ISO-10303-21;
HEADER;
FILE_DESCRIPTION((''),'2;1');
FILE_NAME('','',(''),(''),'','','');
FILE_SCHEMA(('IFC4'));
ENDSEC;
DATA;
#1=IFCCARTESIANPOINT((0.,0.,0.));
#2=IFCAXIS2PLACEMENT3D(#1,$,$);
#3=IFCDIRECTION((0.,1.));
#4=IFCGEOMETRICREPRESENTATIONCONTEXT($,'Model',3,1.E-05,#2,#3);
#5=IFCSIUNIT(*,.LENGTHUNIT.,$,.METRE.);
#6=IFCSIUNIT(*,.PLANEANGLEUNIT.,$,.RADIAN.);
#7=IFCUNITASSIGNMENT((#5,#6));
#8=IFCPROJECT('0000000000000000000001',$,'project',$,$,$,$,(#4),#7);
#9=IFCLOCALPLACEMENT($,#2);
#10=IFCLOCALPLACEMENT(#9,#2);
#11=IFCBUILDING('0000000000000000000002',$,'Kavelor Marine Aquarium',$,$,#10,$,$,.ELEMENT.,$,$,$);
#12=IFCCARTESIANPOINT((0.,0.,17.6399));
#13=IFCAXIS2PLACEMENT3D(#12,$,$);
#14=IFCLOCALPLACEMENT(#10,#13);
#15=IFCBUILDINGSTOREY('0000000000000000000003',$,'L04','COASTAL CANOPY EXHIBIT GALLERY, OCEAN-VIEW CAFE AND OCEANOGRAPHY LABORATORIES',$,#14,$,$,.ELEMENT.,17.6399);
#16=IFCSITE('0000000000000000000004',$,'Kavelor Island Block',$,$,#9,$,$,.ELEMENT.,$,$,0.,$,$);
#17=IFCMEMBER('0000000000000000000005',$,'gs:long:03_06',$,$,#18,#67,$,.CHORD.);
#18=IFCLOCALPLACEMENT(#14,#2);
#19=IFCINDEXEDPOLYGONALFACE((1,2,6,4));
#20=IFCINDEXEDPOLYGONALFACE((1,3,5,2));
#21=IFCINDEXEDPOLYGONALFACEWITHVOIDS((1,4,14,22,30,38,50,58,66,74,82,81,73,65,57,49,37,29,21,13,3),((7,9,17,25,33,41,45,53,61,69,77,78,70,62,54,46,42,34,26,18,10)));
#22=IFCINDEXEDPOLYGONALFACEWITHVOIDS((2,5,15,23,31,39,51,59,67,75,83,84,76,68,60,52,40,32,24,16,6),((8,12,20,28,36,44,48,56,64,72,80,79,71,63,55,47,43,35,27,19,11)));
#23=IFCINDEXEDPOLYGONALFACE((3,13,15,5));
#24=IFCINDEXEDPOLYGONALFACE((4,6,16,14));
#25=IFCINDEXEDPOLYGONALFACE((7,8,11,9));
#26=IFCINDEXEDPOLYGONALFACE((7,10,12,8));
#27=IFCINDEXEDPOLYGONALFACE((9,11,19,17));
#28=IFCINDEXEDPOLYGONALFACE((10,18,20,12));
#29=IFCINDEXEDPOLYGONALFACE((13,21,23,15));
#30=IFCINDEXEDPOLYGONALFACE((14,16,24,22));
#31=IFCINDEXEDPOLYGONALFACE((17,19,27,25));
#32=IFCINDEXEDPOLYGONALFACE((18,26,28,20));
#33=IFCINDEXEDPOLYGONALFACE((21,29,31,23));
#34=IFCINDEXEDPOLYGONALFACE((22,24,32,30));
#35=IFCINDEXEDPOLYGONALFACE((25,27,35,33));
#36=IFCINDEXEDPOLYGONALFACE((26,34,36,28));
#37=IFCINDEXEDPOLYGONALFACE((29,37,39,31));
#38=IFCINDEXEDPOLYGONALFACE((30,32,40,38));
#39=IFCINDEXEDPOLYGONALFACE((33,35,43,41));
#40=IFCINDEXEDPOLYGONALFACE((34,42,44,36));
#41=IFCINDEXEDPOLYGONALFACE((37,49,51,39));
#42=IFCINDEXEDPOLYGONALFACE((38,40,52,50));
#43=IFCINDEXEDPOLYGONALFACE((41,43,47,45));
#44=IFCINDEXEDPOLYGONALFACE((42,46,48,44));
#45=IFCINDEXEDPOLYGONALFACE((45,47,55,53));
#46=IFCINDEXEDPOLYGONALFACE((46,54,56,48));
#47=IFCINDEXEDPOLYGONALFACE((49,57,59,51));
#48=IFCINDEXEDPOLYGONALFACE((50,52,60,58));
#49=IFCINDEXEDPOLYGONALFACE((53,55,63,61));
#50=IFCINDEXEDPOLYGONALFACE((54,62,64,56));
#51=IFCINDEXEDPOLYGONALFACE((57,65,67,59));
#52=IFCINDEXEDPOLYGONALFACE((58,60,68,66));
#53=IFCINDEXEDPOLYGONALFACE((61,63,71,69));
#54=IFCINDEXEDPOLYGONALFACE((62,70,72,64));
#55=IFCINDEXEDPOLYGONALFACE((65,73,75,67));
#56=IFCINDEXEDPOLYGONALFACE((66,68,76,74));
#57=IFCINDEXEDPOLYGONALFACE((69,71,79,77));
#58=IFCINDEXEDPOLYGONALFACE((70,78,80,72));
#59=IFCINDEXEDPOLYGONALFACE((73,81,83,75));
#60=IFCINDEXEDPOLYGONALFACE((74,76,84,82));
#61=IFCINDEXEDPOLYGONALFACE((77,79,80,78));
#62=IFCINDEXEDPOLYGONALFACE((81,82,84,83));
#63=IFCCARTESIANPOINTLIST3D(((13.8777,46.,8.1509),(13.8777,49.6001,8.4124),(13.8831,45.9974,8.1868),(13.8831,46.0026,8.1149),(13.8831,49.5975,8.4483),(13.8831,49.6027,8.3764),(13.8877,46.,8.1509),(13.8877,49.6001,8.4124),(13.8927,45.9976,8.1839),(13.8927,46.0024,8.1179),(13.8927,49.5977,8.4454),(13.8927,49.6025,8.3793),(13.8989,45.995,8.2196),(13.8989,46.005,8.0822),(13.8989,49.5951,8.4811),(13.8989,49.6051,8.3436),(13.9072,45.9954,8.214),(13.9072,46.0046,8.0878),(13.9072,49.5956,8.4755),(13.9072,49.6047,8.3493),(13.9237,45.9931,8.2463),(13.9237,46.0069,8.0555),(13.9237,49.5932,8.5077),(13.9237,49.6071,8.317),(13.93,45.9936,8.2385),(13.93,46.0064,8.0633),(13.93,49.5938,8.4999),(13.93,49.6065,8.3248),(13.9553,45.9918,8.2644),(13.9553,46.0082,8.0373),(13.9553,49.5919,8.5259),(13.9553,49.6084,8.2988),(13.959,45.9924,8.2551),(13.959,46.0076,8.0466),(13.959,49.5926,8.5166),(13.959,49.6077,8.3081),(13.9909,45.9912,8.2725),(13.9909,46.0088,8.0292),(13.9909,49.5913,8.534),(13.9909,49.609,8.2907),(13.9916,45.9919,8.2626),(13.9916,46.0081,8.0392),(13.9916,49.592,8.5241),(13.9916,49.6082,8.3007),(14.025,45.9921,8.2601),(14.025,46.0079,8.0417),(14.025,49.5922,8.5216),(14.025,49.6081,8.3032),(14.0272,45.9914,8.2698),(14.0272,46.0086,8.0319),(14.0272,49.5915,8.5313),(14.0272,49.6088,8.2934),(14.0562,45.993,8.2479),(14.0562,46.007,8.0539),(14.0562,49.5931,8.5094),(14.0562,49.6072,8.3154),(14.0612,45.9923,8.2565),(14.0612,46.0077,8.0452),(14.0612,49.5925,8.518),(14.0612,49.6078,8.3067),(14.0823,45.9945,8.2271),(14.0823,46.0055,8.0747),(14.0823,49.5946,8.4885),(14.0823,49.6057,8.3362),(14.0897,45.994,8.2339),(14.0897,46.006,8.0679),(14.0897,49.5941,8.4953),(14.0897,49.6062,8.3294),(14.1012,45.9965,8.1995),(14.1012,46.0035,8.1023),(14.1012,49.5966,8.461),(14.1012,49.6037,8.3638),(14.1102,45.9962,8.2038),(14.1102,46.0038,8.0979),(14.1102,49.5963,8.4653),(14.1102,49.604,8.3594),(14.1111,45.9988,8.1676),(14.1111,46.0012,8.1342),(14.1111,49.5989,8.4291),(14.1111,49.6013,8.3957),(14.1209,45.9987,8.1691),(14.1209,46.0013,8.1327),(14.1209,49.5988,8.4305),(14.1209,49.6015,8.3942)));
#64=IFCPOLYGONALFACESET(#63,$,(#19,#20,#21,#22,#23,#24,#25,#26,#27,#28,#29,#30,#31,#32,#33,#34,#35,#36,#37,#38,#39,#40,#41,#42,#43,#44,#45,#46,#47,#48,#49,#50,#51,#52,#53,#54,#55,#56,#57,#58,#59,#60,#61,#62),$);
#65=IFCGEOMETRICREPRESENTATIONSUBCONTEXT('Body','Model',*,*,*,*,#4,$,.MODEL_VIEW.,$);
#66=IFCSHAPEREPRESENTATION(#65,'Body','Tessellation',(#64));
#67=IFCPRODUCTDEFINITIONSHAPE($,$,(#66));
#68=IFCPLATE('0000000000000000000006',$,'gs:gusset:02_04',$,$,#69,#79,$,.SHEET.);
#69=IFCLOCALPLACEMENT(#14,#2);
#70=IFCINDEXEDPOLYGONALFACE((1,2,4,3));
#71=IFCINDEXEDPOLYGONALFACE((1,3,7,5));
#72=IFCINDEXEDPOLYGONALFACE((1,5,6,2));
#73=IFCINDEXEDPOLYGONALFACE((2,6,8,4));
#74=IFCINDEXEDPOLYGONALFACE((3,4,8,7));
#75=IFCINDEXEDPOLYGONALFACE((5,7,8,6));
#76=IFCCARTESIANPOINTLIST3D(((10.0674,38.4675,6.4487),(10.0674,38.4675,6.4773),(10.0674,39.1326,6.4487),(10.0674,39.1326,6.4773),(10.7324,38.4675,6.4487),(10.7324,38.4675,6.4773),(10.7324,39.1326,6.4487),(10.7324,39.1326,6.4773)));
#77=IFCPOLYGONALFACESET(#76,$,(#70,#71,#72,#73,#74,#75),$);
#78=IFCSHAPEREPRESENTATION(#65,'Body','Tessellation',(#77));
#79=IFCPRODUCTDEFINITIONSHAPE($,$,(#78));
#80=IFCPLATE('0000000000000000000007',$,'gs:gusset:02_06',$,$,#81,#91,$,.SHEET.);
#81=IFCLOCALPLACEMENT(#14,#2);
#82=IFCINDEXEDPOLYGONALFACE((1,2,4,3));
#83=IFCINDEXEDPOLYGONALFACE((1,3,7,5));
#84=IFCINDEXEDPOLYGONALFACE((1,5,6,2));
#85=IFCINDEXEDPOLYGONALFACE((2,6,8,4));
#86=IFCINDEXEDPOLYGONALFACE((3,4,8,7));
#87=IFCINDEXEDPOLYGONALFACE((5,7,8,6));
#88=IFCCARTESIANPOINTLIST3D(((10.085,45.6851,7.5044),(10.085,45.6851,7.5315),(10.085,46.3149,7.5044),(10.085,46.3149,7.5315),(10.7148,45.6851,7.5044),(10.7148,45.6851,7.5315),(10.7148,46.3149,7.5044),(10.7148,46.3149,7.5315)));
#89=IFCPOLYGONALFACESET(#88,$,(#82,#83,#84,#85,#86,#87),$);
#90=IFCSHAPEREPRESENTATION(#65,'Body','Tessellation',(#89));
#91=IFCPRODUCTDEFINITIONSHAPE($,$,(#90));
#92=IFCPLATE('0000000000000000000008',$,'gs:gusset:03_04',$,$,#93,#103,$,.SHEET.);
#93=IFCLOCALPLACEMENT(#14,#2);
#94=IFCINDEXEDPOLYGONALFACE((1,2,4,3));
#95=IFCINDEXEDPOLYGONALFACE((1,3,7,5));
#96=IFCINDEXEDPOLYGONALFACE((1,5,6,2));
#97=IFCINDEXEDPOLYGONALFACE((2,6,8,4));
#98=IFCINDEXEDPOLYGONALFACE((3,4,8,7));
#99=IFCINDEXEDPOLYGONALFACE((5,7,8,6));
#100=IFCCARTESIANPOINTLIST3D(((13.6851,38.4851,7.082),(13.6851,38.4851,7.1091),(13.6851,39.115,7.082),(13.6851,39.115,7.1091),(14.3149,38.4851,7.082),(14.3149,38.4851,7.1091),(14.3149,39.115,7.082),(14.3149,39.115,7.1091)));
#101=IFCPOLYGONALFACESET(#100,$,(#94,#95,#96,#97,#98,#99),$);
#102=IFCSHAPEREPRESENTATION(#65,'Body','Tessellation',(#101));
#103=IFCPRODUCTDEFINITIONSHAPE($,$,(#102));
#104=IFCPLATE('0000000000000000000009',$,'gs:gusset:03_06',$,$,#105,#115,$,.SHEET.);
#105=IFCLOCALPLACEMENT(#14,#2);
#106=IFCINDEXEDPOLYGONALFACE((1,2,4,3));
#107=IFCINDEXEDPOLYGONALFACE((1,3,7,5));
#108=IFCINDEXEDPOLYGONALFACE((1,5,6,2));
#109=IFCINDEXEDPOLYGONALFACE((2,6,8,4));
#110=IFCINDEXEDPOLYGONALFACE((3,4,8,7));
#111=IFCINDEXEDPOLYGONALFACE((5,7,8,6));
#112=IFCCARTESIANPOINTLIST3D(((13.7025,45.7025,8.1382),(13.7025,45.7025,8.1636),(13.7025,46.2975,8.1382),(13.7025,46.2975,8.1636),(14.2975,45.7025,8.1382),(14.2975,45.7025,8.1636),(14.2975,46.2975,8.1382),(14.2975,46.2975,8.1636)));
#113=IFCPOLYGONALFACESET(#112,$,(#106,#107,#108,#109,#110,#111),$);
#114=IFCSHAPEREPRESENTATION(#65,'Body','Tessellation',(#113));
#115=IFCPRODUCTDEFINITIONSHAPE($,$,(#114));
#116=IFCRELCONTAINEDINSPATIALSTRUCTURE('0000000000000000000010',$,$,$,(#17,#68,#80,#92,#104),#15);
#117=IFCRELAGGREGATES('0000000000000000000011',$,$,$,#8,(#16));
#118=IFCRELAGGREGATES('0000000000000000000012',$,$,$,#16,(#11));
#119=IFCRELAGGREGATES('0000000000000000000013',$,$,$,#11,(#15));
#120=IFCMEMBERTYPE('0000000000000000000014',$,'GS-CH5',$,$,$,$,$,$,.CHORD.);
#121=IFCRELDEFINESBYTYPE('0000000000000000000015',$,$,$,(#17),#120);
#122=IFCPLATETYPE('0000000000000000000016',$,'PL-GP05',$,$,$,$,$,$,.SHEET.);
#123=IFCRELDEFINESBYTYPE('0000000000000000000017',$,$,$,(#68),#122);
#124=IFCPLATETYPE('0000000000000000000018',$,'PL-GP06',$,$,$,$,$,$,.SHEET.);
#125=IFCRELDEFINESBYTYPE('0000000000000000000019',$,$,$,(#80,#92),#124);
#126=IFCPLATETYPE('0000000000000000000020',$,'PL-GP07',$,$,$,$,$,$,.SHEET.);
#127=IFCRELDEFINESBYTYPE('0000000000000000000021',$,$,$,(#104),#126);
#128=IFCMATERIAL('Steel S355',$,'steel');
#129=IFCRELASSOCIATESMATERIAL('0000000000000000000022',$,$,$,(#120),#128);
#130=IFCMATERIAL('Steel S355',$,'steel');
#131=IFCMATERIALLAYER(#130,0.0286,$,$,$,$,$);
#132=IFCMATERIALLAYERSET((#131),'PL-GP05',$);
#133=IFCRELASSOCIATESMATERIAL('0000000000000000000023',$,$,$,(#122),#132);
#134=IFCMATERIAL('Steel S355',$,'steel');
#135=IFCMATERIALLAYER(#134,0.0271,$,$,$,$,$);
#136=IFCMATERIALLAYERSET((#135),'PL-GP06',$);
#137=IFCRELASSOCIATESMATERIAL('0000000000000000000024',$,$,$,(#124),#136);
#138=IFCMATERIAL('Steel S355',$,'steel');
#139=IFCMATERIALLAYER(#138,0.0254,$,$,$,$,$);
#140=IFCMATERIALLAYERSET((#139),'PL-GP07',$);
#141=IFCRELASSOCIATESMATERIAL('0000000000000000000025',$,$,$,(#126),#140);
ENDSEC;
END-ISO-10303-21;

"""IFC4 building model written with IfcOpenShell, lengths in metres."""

from ifc_helpers import new_model, si_unit, direction, frame, origin, origin_2d, place, context, subcontext, project, spatial, rectangle, hollow_circle, extrude, material, layer, layer_set, material_profile, profile_set, type_object, element, save


model = new_model("IFC4")

# Units and contexts
model_context = context("Model", 3, precision=1e-05, world=origin(), true_north=direction((0.0, 1.0)))
body_context = subcontext(model_context, "Body", "Model", "MODEL_VIEW")
ifc_project = project(units=[si_unit("LENGTHUNIT", "METRE"), si_unit("PLANEANGLEUNIT", "RADIAN")], contexts=[model_context])

# Site, building, storey
site_placement = place(None, origin())
site = spatial("IfcSite", under=ifc_project, at=site_placement, Name="Kavelor Island Block", CompositionType="ELEMENT", RefElevation=0.0)
building_placement = place(site_placement, origin())
building = spatial("IfcBuilding", under=site, at=building_placement, Name="Kavelor Marine Aquarium", CompositionType="ELEMENT")
storey_placement = place(building_placement, frame((0.0, 0.0, 17.6399)))
storey = spatial("IfcBuildingStorey", under=building, at=storey_placement, Name="L04", Description="COASTAL CANOPY EXHIBIT GALLERY, OCEAN-VIEW CAFE AND OCEANOGRAPHY LABORATORIES", CompositionType="ELEMENT", Elevation=17.6399)

# Member
ifc_material_1 = material(Name="Steel S355", Category="steel")
ifc_material_profile_1 = material_profile(ifc_material_1, hollow_circle(Radius=0.1223, WallThickness=0.01, at=origin_2d()), Name="CHS 244.5x10.0")
ifc_profile_set_1 = profile_set([ifc_material_profile_1], Name="Steel S355")
member_type_1 = type_object("IfcMemberType", Name="GS-CH5", PredefinedType="CHORD", material=ifc_profile_set_1)
member_1_placement = place(storey_placement, frame((14.0, 46.0, 8.1509), z_axis=(0.0, 0.997373, 0.072439), x_axis=(-1.0, 0.0, 0.0)))
element("IfcMember", 1, at=member_1_placement, inside=storey, type_object=member_type_1, Name="gs:long:03_06", PredefinedType="CHORD", context=body_context, shape_type="SweptSolid", body=[
    extrude(hollow_circle(Radius=0.1223, WallThickness=0.01, at=origin_2d()), origin(), (0.0, 0.0, 1.0), 3.6096),
])

# Plates
ifc_material_2 = material(Name="Steel S355", Category="steel")
ifc_layer_1 = layer(ifc_material_2, 0.0286)
ifc_layer_set_1 = layer_set([ifc_layer_1], Name="PL-GP05")
plate_type_1 = type_object("IfcPlateType", Name="PL-GP05", PredefinedType="SHEET", material=ifc_layer_set_1)
plate_1_placement = place(storey_placement, frame((10.3999, 38.8, 6.4487), z_axis=(0.0, 0.0, 1.0), x_axis=(1.0, 0.0, 0.0)))
element("IfcPlate", 2, at=plate_1_placement, inside=storey, type_object=plate_type_1, Name="gs:gusset:02_04", PredefinedType="SHEET", context=body_context, shape_type="SweptSolid", body=[
    extrude(rectangle(XDim=0.665, YDim=0.665, at=origin_2d()), origin(), (0.0, 0.0, 1.0), 0.0286),
])
ifc_material_3 = material(Name="Steel S355", Category="steel")
ifc_layer_2 = layer(ifc_material_3, 0.0271)
ifc_layer_set_2 = layer_set([ifc_layer_2], Name="PL-GP06")
plate_type_2 = type_object("IfcPlateType", Name="PL-GP06", PredefinedType="SHEET", material=ifc_layer_set_2)
for number, where, z_axis, x_axis, name in (
    (3, (10.3999, 46.0, 7.5044), (0.0, 0.0, 1.0), (1.0, 0.0, 0.0), "gs:gusset:02_06"),
    (4, (14.0, 38.8, 7.082), (0.0, 0.0, 1.0), (1.0, 0.0, 0.0), "gs:gusset:03_04"),
):
    element("IfcPlate", number, at=place(storey_placement, frame(where, z_axis=z_axis, x_axis=x_axis)), inside=storey, type_object=plate_type_2, Name=name, PredefinedType="SHEET", context=body_context, shape_type="SweptSolid", body=[
        extrude(rectangle(XDim=0.6299, YDim=0.6299, at=origin_2d()), origin(), (0.0, 0.0, 1.0), 0.0271),
    ])
ifc_material_4 = material(Name="Steel S355", Category="steel")
ifc_layer_3 = layer(ifc_material_4, 0.0254)
ifc_layer_set_3 = layer_set([ifc_layer_3], Name="PL-GP07")
plate_type_3 = type_object("IfcPlateType", Name="PL-GP07", PredefinedType="SHEET", material=ifc_layer_set_3)
plate_2_placement = place(storey_placement, frame((14.0, 46.0, 8.1382), z_axis=(0.0, 0.0, 1.0), x_axis=(1.0, 0.0, 0.0)))
element("IfcPlate", 5, at=plate_2_placement, inside=storey, type_object=plate_type_3, Name="gs:gusset:03_06", PredefinedType="SHEET", context=body_context, shape_type="SweptSolid", body=[
    extrude(rectangle(XDim=0.595, YDim=0.595, at=origin_2d()), origin(), (0.0, 0.0, 1.0), 0.0254),
])

save(model, "model.ifc")
